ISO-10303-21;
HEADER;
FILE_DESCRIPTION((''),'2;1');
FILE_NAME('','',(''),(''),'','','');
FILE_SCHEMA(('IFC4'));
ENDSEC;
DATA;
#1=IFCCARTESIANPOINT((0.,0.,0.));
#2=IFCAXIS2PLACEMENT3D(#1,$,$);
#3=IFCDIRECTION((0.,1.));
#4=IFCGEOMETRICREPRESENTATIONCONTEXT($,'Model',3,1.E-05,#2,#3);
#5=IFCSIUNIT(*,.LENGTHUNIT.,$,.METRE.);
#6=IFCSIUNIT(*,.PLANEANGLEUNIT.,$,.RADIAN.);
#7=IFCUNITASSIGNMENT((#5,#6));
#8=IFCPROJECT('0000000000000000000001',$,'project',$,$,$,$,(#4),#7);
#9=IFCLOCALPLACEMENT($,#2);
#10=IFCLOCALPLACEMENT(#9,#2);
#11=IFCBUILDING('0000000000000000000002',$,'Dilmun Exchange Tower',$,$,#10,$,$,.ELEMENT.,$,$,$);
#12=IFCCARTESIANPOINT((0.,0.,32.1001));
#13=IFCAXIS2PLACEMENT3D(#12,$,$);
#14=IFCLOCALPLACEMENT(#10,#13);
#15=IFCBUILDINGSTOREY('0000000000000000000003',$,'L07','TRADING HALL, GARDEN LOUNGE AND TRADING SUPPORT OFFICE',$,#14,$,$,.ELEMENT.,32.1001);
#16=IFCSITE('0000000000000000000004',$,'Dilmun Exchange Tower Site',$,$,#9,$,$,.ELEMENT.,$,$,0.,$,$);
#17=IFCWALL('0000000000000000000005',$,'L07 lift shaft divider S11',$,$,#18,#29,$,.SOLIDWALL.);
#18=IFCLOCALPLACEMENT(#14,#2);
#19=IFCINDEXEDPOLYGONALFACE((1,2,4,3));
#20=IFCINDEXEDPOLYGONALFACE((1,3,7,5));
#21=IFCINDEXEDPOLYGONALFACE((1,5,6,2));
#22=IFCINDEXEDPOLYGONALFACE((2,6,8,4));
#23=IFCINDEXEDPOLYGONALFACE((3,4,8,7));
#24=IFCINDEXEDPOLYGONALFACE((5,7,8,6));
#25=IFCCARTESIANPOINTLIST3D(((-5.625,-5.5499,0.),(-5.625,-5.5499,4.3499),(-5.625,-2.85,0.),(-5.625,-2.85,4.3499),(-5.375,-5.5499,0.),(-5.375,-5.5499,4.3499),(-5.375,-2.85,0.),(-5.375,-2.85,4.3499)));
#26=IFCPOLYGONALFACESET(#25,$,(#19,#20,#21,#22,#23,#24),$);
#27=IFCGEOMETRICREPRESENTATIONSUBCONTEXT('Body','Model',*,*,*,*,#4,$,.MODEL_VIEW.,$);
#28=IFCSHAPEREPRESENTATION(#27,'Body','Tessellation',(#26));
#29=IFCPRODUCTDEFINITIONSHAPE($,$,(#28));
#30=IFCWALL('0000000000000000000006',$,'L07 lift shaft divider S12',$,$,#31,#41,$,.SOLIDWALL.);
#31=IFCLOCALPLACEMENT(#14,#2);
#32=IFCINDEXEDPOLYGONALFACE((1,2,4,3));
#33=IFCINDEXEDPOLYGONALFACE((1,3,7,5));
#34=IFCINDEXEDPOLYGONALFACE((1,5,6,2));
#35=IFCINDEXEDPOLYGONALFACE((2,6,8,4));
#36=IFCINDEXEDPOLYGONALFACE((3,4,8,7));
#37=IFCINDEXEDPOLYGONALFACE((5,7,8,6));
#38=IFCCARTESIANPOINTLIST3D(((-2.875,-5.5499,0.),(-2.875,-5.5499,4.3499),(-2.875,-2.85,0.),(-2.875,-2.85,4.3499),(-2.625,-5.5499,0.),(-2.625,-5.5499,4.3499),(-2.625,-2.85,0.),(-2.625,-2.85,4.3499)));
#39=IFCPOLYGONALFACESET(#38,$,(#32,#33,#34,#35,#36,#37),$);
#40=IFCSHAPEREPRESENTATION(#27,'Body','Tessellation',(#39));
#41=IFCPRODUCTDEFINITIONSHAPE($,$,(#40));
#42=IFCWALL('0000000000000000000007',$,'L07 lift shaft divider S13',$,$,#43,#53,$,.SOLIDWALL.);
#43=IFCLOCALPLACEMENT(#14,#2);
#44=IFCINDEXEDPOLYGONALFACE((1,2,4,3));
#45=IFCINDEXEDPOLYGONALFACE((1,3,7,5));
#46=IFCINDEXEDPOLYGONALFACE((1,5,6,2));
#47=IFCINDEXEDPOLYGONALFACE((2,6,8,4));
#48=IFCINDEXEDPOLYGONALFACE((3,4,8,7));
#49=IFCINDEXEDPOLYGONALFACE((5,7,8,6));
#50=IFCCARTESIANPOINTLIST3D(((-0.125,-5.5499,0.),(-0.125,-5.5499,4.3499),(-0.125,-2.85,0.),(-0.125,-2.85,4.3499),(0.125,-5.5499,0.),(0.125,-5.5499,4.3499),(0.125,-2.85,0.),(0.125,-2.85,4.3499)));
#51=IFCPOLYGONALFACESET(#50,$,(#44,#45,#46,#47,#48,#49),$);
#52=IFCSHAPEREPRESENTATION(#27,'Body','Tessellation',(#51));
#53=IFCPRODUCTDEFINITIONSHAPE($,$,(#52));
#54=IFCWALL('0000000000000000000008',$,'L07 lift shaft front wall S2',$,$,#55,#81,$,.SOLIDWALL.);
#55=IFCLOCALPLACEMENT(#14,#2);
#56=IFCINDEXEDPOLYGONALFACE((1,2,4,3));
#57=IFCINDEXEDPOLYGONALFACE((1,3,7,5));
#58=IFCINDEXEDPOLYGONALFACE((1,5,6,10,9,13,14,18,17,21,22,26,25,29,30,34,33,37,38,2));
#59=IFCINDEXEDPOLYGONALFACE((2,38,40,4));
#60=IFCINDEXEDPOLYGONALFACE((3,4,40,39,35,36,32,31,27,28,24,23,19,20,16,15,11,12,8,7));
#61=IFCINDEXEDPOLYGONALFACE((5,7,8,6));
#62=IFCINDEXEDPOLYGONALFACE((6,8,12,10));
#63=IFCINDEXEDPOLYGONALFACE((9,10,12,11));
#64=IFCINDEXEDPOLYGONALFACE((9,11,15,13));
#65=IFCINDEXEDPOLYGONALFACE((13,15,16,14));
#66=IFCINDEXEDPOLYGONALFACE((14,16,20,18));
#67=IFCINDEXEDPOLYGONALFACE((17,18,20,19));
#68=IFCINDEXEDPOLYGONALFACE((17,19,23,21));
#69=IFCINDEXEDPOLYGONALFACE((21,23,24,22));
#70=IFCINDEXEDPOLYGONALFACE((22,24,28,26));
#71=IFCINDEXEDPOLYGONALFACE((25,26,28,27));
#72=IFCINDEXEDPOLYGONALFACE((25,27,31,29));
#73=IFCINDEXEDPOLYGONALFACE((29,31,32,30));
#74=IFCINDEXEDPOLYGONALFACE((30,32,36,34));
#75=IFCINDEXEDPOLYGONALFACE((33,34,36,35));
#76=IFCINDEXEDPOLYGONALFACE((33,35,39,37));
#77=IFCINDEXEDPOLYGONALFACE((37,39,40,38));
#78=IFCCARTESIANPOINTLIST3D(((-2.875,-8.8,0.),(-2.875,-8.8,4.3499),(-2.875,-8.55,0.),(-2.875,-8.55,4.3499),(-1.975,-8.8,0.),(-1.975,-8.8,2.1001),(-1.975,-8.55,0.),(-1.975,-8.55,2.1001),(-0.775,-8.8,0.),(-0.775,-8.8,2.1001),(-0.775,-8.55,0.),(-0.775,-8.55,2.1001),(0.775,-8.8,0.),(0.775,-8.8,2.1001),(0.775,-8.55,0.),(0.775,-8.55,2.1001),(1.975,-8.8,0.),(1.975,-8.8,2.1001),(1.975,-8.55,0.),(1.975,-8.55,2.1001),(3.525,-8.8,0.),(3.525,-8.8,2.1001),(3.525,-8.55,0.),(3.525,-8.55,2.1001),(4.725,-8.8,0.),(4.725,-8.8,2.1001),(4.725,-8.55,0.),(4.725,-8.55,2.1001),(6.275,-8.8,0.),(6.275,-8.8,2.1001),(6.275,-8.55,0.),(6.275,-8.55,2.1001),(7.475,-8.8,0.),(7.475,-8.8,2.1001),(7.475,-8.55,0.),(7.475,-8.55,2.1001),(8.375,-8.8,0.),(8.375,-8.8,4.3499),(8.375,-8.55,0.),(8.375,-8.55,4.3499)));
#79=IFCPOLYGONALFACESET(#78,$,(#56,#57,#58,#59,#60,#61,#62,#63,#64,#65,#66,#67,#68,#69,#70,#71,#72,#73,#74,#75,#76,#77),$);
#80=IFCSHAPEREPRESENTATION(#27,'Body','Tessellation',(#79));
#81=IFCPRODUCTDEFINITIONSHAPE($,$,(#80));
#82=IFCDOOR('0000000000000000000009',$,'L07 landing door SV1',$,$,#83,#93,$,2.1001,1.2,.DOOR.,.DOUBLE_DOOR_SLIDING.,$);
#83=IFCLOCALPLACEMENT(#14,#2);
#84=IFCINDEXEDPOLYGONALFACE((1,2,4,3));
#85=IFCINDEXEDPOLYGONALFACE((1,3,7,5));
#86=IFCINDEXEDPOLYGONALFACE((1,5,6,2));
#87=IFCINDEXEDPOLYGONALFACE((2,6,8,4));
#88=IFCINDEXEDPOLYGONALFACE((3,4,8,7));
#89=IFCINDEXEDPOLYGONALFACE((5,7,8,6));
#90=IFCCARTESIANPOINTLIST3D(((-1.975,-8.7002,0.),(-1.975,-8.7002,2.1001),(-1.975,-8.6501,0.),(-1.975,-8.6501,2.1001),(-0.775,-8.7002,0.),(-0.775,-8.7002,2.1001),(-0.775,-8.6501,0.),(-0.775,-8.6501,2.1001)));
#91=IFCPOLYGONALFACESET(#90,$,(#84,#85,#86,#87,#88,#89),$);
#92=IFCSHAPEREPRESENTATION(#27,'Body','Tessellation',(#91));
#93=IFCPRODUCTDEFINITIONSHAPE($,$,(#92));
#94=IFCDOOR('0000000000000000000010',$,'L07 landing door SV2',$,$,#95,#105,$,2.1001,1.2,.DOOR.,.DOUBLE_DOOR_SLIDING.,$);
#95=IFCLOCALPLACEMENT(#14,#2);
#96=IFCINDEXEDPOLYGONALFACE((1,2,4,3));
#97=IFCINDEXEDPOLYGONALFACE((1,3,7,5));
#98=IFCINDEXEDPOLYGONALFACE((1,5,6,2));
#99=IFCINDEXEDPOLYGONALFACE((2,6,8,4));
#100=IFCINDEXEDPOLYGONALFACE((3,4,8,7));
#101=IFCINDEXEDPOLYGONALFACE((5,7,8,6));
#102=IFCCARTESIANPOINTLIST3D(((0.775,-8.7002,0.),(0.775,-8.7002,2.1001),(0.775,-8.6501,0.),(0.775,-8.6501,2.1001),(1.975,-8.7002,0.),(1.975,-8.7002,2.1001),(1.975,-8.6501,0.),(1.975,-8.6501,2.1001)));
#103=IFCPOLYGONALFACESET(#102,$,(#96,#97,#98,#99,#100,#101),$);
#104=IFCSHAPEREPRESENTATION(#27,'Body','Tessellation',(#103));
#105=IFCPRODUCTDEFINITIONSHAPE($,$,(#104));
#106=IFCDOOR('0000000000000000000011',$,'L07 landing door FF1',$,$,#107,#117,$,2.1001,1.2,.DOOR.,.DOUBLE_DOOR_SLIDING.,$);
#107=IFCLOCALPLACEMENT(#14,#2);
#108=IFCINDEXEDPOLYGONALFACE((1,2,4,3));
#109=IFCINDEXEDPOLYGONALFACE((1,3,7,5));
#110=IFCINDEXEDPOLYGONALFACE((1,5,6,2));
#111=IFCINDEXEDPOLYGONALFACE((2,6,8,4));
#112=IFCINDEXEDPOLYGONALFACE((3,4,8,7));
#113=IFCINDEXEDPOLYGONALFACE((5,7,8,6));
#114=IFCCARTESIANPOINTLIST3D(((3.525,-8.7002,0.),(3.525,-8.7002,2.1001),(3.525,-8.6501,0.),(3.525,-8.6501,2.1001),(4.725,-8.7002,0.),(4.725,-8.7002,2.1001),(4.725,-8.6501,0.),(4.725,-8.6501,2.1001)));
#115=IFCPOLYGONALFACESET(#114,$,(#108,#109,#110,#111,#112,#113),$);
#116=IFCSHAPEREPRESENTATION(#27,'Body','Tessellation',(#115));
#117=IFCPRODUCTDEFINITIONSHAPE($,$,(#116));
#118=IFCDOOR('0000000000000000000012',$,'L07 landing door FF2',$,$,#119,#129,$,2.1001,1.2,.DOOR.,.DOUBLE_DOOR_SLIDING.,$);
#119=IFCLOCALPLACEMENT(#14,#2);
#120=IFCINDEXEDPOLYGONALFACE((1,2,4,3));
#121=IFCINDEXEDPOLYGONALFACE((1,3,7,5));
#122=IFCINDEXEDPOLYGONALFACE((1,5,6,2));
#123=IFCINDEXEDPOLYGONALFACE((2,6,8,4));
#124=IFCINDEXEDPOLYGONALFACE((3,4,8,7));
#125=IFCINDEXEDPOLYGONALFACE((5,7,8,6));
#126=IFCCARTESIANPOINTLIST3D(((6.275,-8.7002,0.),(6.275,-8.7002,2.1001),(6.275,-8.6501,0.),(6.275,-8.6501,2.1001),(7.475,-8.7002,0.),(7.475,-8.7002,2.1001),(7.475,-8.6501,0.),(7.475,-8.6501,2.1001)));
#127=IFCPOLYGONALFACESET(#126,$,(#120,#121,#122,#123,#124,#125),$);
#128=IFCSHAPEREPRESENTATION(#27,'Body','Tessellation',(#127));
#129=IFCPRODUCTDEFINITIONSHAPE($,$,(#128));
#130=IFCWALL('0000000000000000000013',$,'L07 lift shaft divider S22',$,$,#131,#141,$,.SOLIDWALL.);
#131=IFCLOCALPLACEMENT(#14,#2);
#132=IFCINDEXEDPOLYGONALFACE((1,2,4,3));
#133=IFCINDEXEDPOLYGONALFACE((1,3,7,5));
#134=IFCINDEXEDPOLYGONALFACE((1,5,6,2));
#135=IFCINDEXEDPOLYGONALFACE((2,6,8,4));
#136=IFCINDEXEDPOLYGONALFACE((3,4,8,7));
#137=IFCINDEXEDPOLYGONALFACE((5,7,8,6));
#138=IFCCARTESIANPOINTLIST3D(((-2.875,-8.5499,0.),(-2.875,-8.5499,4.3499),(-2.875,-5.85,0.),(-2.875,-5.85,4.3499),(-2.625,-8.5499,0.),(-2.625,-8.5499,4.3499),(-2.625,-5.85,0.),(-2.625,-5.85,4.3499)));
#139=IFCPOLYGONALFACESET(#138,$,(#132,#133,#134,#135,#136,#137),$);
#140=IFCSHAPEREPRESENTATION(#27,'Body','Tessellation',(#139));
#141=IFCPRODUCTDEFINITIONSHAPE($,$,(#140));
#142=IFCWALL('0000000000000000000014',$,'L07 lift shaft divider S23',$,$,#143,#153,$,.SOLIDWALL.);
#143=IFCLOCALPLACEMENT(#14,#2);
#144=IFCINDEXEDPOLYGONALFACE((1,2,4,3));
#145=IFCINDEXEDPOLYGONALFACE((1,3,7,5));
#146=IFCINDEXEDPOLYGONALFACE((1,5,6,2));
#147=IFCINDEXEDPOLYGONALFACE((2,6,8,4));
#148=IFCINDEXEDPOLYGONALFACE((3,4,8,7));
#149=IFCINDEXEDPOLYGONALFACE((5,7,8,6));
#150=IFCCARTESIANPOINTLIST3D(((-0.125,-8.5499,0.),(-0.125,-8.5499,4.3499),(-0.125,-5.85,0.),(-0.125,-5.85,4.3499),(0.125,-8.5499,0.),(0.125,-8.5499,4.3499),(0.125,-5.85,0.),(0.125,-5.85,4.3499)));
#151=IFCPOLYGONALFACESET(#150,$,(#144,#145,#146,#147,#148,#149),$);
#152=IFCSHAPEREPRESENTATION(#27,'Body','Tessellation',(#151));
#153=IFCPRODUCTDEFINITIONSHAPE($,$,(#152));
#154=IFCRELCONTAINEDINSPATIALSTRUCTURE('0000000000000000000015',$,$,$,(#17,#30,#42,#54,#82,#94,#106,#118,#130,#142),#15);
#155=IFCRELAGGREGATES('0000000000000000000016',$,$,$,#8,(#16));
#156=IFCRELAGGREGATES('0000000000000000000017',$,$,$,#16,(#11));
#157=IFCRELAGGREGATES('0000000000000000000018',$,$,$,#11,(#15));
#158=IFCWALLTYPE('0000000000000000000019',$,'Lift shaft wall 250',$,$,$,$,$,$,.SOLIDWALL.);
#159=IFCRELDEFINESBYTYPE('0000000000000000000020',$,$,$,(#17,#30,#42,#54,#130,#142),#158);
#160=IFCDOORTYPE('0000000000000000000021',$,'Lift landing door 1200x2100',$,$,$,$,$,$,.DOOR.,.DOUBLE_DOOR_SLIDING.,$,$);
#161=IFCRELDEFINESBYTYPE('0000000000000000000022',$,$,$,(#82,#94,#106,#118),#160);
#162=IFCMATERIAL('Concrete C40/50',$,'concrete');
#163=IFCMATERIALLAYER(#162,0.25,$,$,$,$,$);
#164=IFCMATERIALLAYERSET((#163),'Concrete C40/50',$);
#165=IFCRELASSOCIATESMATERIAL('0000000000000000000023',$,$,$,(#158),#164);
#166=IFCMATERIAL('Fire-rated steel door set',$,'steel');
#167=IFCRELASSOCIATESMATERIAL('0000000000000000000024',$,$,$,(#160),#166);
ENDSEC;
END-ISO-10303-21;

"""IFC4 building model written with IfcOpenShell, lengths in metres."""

from ifc_helpers import new_model, si_unit, direction, frame, frame_2d, origin, place, context, subcontext, project, spatial, rectangle, extrude, material, layer, layer_set, type_object, element, fill, save


model = new_model("IFC4")

# Units and contexts
model_context = context("Model", 3, precision=1e-05, world=origin(), true_north=direction((0.0, 1.0)))
body_context = subcontext(model_context, "Body", "Model", "MODEL_VIEW")
ifc_project = project(units=[si_unit("LENGTHUNIT", "METRE"), si_unit("PLANEANGLEUNIT", "RADIAN")], contexts=[model_context])

# Site, building, storey
site_placement = place(None, origin())
site = spatial("IfcSite", under=ifc_project, at=site_placement, Name="Dilmun Exchange Tower Site", CompositionType="ELEMENT", RefElevation=0.0)
building_placement = place(site_placement, origin())
building = spatial("IfcBuilding", under=site, at=building_placement, Name="Dilmun Exchange Tower", CompositionType="ELEMENT")
storey_placement = place(building_placement, frame((0.0, 0.0, 32.1001)))
storey = spatial("IfcBuildingStorey", under=building, at=storey_placement, Name="L07", Description="TRADING HALL, GARDEN LOUNGE AND TRADING SUPPORT OFFICE", CompositionType="ELEMENT", Elevation=32.1001)

# Shared definitions
ifc_material_1 = material(Name="Concrete C40/50", Category="concrete")

# Shared definitions
ifc_material_2 = material(Name="Fire-rated steel door set", Category="steel")

# Walls
ifc_layer_1 = layer(ifc_material_1, 0.25)
ifc_layer_set_1 = layer_set([ifc_layer_1], Name="Concrete C40/50")
wall_type_1 = type_object("IfcWallType", Name="Lift shaft wall 250", PredefinedType="SOLIDWALL", material=ifc_layer_set_1)
for number, where, z_axis, x_axis, name in (
    (1, (-5.5, -5.55, 0.0), (0.0, 0.0, 1.0), (0.0, 1.0, 0.0), "L07 lift shaft divider S11"),
    (2, (-2.75, -5.55, 0.0), (0.0, 0.0, 1.0), (0.0, 1.0, 0.0), "L07 lift shaft divider S12"),
    (3, (0.0, -5.55, 0.0), (0.0, 0.0, 1.0), (0.0, 1.0, 0.0), "L07 lift shaft divider S13"),
):
    element("IfcWall", number, at=place(storey_placement, frame(where, z_axis=z_axis, x_axis=x_axis)), inside=storey, type_object=wall_type_1, Name=name, PredefinedType="SOLIDWALL", context=body_context, shape_type="SweptSolid", body=[
        extrude(rectangle(XDim=2.7, YDim=0.25, at=frame_2d((1.3501, 0.0))), origin(), (0.0, 0.0, 1.0), 4.3499),
    ])

# Wall, openings, doors
wall_1_placement = place(storey_placement, frame((-2.875, -8.675, 0.0), z_axis=(0.0, 0.0, 1.0), x_axis=(1.0, 0.0, 0.0)))
wall_1 = element("IfcWall", 4, at=wall_1_placement, inside=storey, type_object=wall_type_1, Name="L07 lift shaft front wall S2", PredefinedType="SOLIDWALL", context=body_context, shape_type="SweptSolid", body=[
    extrude(rectangle(XDim=11.25, YDim=0.25, at=frame_2d((5.625, 0.0))), origin(), (0.0, 0.0, 1.0), 4.3499),
])
opening_1_placement = place(wall_1_placement, frame((0.8999, 0.0, 0.0)))
opening_1 = element("IfcOpeningElement", 5, at=opening_1_placement, cuts=wall_1, PredefinedType="OPENING", context=body_context, shape_type="SweptSolid", body=[
    extrude(rectangle(XDim=1.2, YDim=2.1001, at=frame_2d((0.6001, 1.05))), frame((0.0, 0.135, 0.0), z_axis=(0.0, -1.0, 0.0), x_axis=(1.0, 0.0, 0.0)), (0.0, 0.0, 1.0), 0.27),
])
opening_2_placement = place(wall_1_placement, frame((3.6499, 0.0, 0.0)))
opening_2 = element("IfcOpeningElement", 6, at=opening_2_placement, cuts=wall_1, PredefinedType="OPENING", context=body_context, shape_type="SweptSolid", body=[
    extrude(rectangle(XDim=1.2, YDim=2.1001, at=frame_2d((0.6001, 1.05))), frame((0.0, 0.135, 0.0), z_axis=(0.0, -1.0, 0.0), x_axis=(1.0, 0.0, 0.0)), (0.0, 0.0, 1.0), 0.27),
])
opening_3_placement = place(wall_1_placement, frame((6.3999, 0.0, 0.0)))
opening_3 = element("IfcOpeningElement", 7, at=opening_3_placement, cuts=wall_1, PredefinedType="OPENING", context=body_context, shape_type="SweptSolid", body=[
    extrude(rectangle(XDim=1.2, YDim=2.1001, at=frame_2d((0.6001, 1.05))), frame((0.0, 0.135, 0.0), z_axis=(0.0, -1.0, 0.0), x_axis=(1.0, 0.0, 0.0)), (0.0, 0.0, 1.0), 0.27),
])
opening_4_placement = place(wall_1_placement, frame((9.1499, 0.0, 0.0)))
opening_4 = element("IfcOpeningElement", 8, at=opening_4_placement, cuts=wall_1, PredefinedType="OPENING", context=body_context, shape_type="SweptSolid", body=[
    extrude(rectangle(XDim=1.2, YDim=2.1001, at=frame_2d((0.6001, 1.05))), frame((0.0, 0.135, 0.0), z_axis=(0.0, -1.0, 0.0), x_axis=(1.0, 0.0, 0.0)), (0.0, 0.0, 1.0), 0.27),
])
door_type_1 = type_object("IfcDoorType", Name="Lift landing door 1200x2100", OperationType="DOUBLE_DOOR_SLIDING", PredefinedType="DOOR", material=ifc_material_2)
door_1_placement = place(opening_1_placement, origin())
door_1 = element("IfcDoor", 9, at=door_1_placement, inside=storey, type_object=door_type_1, Name="L07 landing door SV1", OperationType="DOUBLE_DOOR_SLIDING", OverallHeight=2.1001, OverallWidth=1.2, PredefinedType="DOOR", context=body_context, shape_type="SweptSolid", body=[
    extrude(rectangle(XDim=1.2, YDim=2.1001, at=frame_2d((0.6001, 1.05))), frame((0.0, 0.0249, 0.0), z_axis=(0.0, -1.0, 0.0), x_axis=(1.0, 0.0, 0.0)), (0.0, 0.0, 1.0), 0.05),
])
fill(opening_1, door_1)
door_2_placement = place(opening_2_placement, origin())
door_2 = element("IfcDoor", 10, at=door_2_placement, inside=storey, type_object=door_type_1, Name="L07 landing door SV2", OperationType="DOUBLE_DOOR_SLIDING", OverallHeight=2.1001, OverallWidth=1.2, PredefinedType="DOOR", context=body_context, shape_type="SweptSolid", body=[
    extrude(rectangle(XDim=1.2, YDim=2.1001, at=frame_2d((0.6001, 1.05))), frame((0.0, 0.0249, 0.0), z_axis=(0.0, -1.0, 0.0), x_axis=(1.0, 0.0, 0.0)), (0.0, 0.0, 1.0), 0.05),
])
fill(opening_2, door_2)
door_3_placement = place(opening_3_placement, origin())
door_3 = element("IfcDoor", 11, at=door_3_placement, inside=storey, type_object=door_type_1, Name="L07 landing door FF1", OperationType="DOUBLE_DOOR_SLIDING", OverallHeight=2.1001, OverallWidth=1.2, PredefinedType="DOOR", context=body_context, shape_type="SweptSolid", body=[
    extrude(rectangle(XDim=1.2, YDim=2.1001, at=frame_2d((0.6001, 1.05))), frame((0.0, 0.0249, 0.0), z_axis=(0.0, -1.0, 0.0), x_axis=(1.0, 0.0, 0.0)), (0.0, 0.0, 1.0), 0.05),
])
fill(opening_3, door_3)
door_4_placement = place(opening_4_placement, origin())
door_4 = element("IfcDoor", 12, at=door_4_placement, inside=storey, type_object=door_type_1, Name="L07 landing door FF2", OperationType="DOUBLE_DOOR_SLIDING", OverallHeight=2.1001, OverallWidth=1.2, PredefinedType="DOOR", context=body_context, shape_type="SweptSolid", body=[
    extrude(rectangle(XDim=1.2, YDim=2.1001, at=frame_2d((0.6001, 1.05))), frame((0.0, 0.0249, 0.0), z_axis=(0.0, -1.0, 0.0), x_axis=(1.0, 0.0, 0.0)), (0.0, 0.0, 1.0), 0.05),
])
fill(opening_4, door_4)

# Walls
for number, where, z_axis, x_axis, name in (
    (13, (-2.75, -8.55, 0.0), (0.0, 0.0, 1.0), (0.0, 1.0, 0.0), "L07 lift shaft divider S22"),
    (14, (0.0, -8.55, 0.0), (0.0, 0.0, 1.0), (0.0, 1.0, 0.0), "L07 lift shaft divider S23"),
):
    element("IfcWall", number, at=place(storey_placement, frame(where, z_axis=z_axis, x_axis=x_axis)), inside=storey, type_object=wall_type_1, Name=name, PredefinedType="SOLIDWALL", context=body_context, shape_type="SweptSolid", body=[
        extrude(rectangle(XDim=2.7, YDim=0.25, at=frame_2d((1.3501, 0.0))), origin(), (0.0, 0.0, 1.0), 4.3499),
    ])

save(model, "model.ifc")
